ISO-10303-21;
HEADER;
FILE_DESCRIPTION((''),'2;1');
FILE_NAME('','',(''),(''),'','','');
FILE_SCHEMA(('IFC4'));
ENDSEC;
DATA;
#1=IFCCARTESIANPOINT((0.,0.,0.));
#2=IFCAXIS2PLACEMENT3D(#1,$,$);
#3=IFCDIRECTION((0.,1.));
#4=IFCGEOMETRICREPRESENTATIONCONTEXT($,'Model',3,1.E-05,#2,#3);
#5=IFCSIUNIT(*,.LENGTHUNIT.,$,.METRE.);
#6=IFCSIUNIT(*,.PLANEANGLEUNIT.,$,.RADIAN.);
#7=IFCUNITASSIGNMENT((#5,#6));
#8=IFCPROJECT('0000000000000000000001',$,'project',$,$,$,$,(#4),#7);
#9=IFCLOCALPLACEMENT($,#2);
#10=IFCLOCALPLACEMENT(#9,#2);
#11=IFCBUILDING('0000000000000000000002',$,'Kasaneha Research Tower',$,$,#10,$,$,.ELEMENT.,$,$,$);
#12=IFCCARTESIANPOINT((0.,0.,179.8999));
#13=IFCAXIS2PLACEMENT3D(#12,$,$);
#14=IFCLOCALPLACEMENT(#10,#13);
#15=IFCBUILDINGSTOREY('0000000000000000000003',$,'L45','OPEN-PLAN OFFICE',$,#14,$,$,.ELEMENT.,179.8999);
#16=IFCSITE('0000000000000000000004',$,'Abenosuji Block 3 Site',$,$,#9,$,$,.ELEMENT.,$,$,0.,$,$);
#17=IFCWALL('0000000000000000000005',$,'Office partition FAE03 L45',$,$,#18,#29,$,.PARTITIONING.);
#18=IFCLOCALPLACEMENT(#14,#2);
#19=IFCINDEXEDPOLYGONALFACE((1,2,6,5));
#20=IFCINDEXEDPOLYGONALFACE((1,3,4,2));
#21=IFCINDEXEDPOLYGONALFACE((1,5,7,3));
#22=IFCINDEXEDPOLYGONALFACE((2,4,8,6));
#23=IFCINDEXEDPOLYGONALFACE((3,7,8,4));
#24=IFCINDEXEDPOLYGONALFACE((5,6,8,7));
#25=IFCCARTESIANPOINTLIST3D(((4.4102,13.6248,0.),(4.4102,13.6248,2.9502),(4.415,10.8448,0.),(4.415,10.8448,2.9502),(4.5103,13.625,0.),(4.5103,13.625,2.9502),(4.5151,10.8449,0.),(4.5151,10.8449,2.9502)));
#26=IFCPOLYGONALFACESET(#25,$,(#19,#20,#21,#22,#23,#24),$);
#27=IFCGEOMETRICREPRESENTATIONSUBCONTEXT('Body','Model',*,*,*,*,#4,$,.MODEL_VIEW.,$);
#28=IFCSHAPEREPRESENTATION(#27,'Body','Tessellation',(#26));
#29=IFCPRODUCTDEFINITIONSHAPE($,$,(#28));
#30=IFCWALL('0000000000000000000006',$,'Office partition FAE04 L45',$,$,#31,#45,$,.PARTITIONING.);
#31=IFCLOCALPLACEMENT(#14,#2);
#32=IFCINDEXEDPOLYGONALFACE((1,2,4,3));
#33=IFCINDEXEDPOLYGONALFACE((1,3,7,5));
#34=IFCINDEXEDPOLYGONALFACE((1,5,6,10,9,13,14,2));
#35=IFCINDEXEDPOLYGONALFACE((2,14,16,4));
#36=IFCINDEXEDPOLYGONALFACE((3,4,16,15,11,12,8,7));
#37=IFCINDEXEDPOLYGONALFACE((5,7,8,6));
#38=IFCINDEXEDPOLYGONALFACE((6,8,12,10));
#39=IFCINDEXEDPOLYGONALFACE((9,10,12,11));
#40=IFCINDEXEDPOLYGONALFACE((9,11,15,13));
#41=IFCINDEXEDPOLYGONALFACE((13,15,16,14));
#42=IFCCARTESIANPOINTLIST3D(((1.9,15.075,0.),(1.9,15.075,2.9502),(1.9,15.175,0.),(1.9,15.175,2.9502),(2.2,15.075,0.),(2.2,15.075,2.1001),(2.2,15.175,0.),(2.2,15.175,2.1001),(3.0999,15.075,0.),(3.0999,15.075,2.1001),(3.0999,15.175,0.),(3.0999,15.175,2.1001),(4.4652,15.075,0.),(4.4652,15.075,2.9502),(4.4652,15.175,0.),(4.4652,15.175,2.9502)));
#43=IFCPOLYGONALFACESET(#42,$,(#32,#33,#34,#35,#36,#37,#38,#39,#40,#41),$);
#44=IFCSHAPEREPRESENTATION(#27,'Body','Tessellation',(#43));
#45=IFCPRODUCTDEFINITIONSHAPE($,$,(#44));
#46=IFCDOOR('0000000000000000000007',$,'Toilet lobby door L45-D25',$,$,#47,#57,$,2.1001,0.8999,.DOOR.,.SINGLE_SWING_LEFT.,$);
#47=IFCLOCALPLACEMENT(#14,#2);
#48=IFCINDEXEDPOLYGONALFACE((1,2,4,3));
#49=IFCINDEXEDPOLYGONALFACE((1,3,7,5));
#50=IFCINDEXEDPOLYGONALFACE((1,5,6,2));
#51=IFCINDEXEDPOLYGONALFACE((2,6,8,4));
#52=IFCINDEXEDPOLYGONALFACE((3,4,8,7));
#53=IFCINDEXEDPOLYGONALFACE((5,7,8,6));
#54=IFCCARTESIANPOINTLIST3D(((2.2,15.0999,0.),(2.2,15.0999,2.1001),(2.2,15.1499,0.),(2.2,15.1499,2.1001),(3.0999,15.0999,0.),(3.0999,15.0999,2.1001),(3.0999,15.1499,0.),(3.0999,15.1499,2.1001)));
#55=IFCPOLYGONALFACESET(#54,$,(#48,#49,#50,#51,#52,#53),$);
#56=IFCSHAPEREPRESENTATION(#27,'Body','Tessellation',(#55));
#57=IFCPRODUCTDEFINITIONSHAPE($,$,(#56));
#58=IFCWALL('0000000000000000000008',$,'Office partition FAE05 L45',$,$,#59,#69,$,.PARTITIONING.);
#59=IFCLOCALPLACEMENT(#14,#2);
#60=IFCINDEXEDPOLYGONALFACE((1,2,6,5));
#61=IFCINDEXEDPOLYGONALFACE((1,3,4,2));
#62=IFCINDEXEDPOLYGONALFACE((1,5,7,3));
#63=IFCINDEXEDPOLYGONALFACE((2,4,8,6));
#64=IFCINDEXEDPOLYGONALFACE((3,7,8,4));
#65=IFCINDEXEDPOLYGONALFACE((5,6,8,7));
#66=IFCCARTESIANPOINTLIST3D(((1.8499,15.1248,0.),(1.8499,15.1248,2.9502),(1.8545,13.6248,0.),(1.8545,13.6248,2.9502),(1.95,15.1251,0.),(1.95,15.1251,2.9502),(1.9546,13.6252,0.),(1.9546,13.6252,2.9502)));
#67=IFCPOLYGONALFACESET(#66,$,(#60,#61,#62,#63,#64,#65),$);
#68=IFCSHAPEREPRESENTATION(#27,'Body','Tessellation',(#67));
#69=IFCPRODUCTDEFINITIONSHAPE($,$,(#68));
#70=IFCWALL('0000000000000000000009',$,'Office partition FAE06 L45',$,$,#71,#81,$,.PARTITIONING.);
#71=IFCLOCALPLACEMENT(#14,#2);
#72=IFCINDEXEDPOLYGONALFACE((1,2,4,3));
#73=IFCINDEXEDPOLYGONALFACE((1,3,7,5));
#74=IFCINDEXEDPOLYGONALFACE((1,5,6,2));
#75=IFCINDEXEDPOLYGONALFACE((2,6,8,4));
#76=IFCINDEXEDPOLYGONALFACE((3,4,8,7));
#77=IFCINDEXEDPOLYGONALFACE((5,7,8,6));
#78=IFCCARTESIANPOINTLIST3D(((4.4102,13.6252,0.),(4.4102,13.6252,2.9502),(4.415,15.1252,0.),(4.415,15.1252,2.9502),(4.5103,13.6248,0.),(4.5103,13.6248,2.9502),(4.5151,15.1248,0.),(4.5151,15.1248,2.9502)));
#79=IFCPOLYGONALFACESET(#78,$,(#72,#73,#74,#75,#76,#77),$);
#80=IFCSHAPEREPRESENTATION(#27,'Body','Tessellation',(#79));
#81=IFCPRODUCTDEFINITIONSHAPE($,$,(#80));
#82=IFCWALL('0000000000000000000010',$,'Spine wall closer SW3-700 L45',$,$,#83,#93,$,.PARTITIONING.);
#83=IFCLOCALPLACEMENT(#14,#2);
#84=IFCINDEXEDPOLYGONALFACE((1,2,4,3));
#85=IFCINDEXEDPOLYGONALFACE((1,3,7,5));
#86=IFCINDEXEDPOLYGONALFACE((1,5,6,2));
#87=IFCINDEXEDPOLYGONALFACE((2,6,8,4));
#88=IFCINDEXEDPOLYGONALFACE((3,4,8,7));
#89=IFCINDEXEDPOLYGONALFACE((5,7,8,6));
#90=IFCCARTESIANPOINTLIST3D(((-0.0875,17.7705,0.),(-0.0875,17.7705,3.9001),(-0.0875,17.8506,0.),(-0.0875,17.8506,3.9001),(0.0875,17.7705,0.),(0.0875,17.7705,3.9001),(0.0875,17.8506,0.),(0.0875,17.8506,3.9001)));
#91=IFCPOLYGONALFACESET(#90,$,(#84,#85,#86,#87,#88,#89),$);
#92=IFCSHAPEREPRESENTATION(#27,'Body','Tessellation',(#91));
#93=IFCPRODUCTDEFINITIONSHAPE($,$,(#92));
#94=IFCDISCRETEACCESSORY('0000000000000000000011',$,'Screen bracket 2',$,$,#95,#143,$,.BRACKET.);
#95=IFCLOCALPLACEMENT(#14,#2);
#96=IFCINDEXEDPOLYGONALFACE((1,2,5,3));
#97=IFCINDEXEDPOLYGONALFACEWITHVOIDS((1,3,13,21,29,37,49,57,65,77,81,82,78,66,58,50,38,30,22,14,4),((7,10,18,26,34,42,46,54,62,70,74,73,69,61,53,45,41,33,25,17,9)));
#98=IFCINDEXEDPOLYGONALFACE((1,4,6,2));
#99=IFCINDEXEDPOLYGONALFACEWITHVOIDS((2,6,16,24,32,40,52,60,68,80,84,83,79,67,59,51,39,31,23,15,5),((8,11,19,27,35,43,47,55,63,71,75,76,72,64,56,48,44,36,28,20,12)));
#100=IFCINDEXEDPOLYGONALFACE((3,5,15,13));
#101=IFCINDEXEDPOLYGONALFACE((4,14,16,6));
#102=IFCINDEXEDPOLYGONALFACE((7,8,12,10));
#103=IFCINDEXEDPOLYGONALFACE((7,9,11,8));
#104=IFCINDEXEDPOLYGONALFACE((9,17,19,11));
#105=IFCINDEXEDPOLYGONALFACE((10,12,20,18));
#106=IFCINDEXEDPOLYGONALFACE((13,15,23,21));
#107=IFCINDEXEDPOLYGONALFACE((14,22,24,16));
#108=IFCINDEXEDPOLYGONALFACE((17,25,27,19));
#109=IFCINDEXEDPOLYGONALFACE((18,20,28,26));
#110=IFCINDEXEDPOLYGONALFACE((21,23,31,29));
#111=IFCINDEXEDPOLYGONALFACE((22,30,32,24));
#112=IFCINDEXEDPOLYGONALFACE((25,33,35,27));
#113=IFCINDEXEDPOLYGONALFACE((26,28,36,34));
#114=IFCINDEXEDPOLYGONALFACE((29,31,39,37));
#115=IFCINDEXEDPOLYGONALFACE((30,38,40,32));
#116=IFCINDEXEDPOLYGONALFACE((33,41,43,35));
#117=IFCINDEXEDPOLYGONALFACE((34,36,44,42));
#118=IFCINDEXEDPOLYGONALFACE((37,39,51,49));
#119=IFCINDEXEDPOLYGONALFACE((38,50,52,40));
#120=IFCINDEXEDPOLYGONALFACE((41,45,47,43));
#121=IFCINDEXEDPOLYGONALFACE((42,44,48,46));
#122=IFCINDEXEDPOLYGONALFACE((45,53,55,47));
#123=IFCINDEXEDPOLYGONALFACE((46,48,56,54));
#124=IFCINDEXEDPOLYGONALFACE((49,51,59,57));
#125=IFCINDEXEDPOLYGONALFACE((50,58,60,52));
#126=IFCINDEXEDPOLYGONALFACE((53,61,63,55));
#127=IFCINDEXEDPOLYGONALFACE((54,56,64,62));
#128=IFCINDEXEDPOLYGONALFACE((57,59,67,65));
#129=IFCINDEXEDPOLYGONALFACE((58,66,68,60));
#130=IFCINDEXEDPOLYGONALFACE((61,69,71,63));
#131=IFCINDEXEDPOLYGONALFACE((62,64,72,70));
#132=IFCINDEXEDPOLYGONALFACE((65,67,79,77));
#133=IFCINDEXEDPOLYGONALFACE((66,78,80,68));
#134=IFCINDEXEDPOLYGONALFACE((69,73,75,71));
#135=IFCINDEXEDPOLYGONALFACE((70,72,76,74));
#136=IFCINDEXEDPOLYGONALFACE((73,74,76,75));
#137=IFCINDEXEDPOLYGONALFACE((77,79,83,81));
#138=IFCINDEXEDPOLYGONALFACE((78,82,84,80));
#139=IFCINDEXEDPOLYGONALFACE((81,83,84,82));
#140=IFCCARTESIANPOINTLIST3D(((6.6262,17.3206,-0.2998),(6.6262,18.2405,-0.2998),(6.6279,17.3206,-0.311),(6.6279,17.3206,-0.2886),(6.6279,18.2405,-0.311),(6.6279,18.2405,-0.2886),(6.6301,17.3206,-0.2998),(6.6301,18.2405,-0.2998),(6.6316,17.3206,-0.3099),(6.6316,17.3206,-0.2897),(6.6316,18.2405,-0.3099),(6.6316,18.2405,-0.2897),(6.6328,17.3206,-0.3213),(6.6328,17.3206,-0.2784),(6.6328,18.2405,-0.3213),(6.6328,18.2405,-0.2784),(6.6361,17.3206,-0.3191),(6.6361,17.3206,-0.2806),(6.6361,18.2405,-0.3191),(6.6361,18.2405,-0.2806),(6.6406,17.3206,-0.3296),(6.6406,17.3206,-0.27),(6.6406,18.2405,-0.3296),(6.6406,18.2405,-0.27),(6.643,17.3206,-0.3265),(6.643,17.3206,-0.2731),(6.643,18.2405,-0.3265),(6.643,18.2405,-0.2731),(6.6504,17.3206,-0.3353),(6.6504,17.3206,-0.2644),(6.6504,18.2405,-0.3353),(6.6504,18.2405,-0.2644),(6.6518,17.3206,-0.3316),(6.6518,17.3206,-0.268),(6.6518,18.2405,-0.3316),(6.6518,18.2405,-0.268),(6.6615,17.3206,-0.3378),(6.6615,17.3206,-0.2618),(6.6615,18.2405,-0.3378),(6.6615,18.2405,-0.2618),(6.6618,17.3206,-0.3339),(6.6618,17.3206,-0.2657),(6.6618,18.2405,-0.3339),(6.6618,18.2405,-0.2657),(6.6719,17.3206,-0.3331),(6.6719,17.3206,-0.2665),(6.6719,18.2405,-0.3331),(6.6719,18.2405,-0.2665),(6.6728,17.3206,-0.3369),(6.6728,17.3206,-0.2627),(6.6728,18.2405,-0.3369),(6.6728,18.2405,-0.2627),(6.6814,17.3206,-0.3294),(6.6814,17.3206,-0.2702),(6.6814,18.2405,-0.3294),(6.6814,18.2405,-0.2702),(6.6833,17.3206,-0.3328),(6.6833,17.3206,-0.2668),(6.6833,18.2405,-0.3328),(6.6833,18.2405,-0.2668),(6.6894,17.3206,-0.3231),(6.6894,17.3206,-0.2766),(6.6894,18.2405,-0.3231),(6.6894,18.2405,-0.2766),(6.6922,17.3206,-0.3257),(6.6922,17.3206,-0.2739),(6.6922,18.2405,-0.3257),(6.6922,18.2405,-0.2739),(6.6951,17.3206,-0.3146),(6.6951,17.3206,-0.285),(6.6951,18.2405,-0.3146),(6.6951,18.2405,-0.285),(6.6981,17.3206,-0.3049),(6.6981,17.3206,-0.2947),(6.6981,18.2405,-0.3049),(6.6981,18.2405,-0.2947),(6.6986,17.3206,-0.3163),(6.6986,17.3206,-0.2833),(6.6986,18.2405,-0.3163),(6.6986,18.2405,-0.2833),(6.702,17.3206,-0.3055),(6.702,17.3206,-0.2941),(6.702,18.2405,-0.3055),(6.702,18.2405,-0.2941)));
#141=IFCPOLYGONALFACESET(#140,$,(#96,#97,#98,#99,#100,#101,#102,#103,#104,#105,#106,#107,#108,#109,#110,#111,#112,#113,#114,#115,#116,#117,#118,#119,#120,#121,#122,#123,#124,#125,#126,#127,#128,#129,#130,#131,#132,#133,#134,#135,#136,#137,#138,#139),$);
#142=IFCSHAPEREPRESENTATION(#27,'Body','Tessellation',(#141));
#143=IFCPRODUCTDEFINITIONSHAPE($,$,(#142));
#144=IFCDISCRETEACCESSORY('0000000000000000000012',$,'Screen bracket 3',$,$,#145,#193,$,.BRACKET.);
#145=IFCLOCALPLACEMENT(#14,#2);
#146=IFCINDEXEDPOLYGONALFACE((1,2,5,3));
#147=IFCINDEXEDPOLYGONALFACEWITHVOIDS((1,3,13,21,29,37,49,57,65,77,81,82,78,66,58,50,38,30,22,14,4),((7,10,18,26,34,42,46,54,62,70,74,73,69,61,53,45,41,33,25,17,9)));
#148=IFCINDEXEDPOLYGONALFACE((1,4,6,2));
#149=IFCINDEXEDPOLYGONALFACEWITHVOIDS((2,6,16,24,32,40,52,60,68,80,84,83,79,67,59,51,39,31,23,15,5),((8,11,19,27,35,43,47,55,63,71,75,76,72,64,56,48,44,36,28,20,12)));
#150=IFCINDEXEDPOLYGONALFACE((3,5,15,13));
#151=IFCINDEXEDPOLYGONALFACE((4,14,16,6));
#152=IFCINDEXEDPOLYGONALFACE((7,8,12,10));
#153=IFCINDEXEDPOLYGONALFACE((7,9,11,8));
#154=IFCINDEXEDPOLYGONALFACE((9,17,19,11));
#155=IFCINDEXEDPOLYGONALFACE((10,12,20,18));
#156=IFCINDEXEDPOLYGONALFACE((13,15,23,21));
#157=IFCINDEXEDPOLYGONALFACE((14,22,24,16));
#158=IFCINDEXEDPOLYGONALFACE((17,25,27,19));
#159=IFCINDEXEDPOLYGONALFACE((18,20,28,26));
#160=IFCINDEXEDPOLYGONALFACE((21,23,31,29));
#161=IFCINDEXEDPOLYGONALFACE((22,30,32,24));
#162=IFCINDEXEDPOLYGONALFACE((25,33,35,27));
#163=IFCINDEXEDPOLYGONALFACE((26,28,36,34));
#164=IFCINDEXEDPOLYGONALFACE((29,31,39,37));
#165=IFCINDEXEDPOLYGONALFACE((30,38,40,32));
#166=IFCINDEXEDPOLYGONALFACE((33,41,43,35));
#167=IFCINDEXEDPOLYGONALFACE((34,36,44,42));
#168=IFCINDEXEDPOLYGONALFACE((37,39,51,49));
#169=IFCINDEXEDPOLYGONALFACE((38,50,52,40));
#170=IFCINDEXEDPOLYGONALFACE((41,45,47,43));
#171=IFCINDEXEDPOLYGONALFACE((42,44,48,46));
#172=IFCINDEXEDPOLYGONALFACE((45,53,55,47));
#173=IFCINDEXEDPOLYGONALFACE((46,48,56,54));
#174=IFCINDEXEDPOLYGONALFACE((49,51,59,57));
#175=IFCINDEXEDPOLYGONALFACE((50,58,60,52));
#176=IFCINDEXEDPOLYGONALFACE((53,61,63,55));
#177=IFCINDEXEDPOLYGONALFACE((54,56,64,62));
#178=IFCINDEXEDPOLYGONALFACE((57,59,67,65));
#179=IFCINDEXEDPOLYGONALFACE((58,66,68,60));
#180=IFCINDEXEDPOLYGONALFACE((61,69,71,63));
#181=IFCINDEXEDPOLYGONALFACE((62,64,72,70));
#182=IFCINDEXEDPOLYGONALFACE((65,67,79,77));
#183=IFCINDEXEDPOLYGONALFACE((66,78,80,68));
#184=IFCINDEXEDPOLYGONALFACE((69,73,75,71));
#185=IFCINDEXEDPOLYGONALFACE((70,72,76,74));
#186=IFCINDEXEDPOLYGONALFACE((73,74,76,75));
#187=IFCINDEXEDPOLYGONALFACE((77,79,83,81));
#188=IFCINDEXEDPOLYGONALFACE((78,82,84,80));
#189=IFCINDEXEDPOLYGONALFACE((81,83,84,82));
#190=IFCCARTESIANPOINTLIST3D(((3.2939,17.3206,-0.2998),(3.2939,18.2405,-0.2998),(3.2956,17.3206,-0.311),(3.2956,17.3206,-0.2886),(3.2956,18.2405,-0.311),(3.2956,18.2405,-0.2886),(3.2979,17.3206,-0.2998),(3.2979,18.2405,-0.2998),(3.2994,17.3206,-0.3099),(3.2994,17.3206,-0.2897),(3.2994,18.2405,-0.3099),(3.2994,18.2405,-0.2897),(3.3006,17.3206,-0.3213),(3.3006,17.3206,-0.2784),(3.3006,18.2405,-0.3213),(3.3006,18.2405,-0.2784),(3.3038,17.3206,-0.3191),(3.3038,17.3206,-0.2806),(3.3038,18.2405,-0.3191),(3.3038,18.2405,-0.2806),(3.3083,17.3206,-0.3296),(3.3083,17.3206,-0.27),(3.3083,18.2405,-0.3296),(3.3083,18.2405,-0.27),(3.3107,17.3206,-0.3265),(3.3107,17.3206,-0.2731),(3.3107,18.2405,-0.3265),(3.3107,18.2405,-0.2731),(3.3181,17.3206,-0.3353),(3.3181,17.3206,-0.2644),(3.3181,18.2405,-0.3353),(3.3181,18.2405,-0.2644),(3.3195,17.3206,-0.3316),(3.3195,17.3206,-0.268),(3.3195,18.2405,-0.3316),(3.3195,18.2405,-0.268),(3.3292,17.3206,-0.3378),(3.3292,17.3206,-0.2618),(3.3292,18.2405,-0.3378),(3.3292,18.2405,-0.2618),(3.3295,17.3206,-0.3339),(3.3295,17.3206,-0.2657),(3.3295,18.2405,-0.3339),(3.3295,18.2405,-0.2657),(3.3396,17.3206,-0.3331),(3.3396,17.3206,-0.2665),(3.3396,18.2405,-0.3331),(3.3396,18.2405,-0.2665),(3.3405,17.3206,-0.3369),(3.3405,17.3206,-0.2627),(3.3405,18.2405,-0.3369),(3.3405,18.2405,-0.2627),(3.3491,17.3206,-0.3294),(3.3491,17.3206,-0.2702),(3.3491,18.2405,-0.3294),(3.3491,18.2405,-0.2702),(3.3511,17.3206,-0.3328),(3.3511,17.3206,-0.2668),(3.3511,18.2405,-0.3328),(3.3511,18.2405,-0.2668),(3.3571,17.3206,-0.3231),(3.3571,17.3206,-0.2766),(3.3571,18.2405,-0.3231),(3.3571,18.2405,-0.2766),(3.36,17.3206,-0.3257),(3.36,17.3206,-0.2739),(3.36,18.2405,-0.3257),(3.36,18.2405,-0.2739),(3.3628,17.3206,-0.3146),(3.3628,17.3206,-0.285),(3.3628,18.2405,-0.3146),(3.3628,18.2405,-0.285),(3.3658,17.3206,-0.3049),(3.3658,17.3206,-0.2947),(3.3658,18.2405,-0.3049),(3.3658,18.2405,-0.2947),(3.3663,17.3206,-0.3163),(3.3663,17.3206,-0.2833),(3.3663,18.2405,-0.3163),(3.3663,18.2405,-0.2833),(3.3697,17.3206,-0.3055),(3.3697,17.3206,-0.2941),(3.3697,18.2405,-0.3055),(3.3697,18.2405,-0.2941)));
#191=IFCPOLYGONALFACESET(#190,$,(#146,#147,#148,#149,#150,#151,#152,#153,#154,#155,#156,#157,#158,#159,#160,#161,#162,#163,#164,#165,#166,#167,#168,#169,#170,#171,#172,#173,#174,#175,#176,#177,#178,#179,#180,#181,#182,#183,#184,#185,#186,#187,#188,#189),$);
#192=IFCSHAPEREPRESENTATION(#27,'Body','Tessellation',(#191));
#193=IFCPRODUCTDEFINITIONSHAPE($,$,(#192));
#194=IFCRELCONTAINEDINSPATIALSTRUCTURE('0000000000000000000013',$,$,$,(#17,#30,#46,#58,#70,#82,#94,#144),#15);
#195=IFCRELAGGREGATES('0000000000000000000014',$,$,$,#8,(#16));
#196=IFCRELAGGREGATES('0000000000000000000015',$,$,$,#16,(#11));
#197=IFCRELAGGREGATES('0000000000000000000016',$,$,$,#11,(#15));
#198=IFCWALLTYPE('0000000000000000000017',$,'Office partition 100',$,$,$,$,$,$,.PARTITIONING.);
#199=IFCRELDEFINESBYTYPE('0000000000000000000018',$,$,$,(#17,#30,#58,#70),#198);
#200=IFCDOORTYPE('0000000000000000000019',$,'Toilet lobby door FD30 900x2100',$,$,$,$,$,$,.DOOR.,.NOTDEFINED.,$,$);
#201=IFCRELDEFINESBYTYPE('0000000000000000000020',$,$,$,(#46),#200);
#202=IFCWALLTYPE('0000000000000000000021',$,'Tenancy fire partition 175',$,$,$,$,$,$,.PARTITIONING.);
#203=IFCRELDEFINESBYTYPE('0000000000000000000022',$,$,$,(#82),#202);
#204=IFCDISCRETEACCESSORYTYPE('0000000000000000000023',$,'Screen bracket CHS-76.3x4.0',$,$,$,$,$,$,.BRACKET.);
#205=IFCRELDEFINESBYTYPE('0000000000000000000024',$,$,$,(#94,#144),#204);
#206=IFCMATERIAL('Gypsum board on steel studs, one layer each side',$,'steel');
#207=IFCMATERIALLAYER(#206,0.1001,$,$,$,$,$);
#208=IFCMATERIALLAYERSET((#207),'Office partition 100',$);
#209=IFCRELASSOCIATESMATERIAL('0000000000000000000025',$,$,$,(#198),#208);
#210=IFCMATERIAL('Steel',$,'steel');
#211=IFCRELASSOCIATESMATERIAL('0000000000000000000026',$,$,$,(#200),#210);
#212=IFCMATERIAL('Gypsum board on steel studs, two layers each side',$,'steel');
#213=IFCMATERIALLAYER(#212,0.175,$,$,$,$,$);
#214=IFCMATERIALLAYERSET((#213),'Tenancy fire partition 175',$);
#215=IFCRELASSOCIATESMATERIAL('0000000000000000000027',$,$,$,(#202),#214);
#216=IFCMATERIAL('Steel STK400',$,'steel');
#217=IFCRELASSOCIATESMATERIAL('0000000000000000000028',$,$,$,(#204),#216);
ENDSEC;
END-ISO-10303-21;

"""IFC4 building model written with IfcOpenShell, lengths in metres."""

from ifc_helpers import new_model, si_unit, direction, frame, frame_2d, origin, origin_2d, place, context, subcontext, project, spatial, rectangle, hollow_circle, extrude, material, layer, layer_set, material_profile, profile_set, type_object, element, fill, save


model = new_model("IFC4")

# Units and contexts
model_context = context("Model", 3, precision=1e-05, world=origin(), true_north=direction((0.0, 1.0)))
body_context = subcontext(model_context, "Body", "Model", "MODEL_VIEW")
ifc_project = project(units=[si_unit("LENGTHUNIT", "METRE"), si_unit("PLANEANGLEUNIT", "RADIAN")], contexts=[model_context])

# Site, building, storey
site_placement = place(None, origin())
site = spatial("IfcSite", under=ifc_project, at=site_placement, Name="Abenosuji Block 3 Site", CompositionType="ELEMENT", RefElevation=0.0)
building_placement = place(site_placement, origin())
building = spatial("IfcBuilding", under=site, at=building_placement, Name="Kasaneha Research Tower", CompositionType="ELEMENT")
storey_placement = place(building_placement, frame((0.0, 0.0, 179.8999)))
storey = spatial("IfcBuildingStorey", under=building, at=storey_placement, Name="L45", Description="OPEN-PLAN OFFICE", CompositionType="ELEMENT", Elevation=179.8999)

# Shared definitions
ifc_material_1 = material(Name="Gypsum board on steel studs, one layer each side", Category="steel")
ifc_layer_1 = layer(ifc_material_1, 0.1001)
ifc_layer_set_1 = layer_set([ifc_layer_1], Name="Office partition 100")
wall_type_1 = type_object("IfcWallType", Name="Office partition 100", PredefinedType="PARTITIONING", material=ifc_layer_set_1)
ifc_material_2 = material(Name="Steel", Category="steel")
door_type = type_object("IfcDoorType", Name="Toilet lobby door FD30 900x2100", OperationType="NOTDEFINED", PredefinedType="DOOR", material=ifc_material_2)

# Wall
for number, where, z_axis, x_axis, name in (
    (1, (4.4602, 13.625, 0.0), (0.0, 0.0, 1.0), (0.001756, -0.999998, 0.0), "Office partition FAE03 L45"),
):
    element("IfcWall", number, at=place(storey_placement, frame(where, z_axis=z_axis, x_axis=x_axis)), inside=storey, type_object=wall_type_1, Name=name, PredefinedType="PARTITIONING", context=body_context, shape_type="SweptSolid", body=[
        extrude(rectangle(XDim=2.78, YDim=0.1001, at=frame_2d((1.3901, 0.0))), origin(), (0.0, 0.0, 1.0), 2.9502),
    ])

# Wall, opening, door
wall_1_placement = place(storey_placement, frame((1.8999, 15.125, 0.0), z_axis=(0.0, 0.0, 1.0), x_axis=(1.0, 0.0, 0.0)))
wall_1 = element("IfcWall", 2, at=wall_1_placement, inside=storey, type_object=wall_type_1, Name="Office partition FAE04 L45", PredefinedType="PARTITIONING", context=body_context, shape_type="SweptSolid", body=[
    extrude(rectangle(XDim=2.5652, YDim=0.1001, at=frame_2d((1.2827, 0.0))), origin(), (0.0, 0.0, 1.0), 2.9502),
])
opening_1_placement = place(wall_1_placement, frame((0.3, 0.0, 0.0)))
opening_1 = element("IfcOpeningElement", 3, at=opening_1_placement, cuts=wall_1, PredefinedType="OPENING", context=body_context, shape_type="SweptSolid", body=[
    extrude(rectangle(XDim=0.8999, YDim=2.1001, at=frame_2d((0.45, 1.05))), frame((0.0, 0.0601, 0.0), z_axis=(0.0, -1.0, 0.0), x_axis=(1.0, 0.0, 0.0)), (0.0, 0.0, 1.0), 0.1201),
])
door_1_placement = place(opening_1_placement, origin())
door_1 = element("IfcDoor", 4, at=door_1_placement, inside=storey, type_object=door_type, Name="Toilet lobby door L45-D25", OperationType="SINGLE_SWING_LEFT", OverallHeight=2.1001, OverallWidth=0.8999, PredefinedType="DOOR", context=body_context, shape_type="SweptSolid", body=[
    extrude(rectangle(XDim=0.8999, YDim=2.1001, at=frame_2d((0.45, 1.05))), frame((0.0, 0.0249, 0.0), z_axis=(0.0, -1.0, 0.0), x_axis=(1.0, 0.0, 0.0)), (0.0, 0.0, 1.0), 0.05),
])
fill(opening_1, door_1)

# Walls
for number, where, z_axis, x_axis, name in (
    (5, (1.9045, 13.625, 0.0), (0.0, 0.0, 1.0), (-0.003092, 0.999995, 0.0), "Office partition FAE05 L45"),
    (6, (4.4651, 15.125, 0.0), (0.0, 0.0, 1.0), (-0.003255, -0.999995, 0.0), "Office partition FAE06 L45"),
):
    element("IfcWall", number, at=place(storey_placement, frame(where, z_axis=z_axis, x_axis=x_axis)), inside=storey, type_object=wall_type_1, Name=name, PredefinedType="PARTITIONING", context=body_context, shape_type="SweptSolid", body=[
        extrude(rectangle(XDim=1.5, YDim=0.1001, at=frame_2d((0.75, 0.0))), origin(), (0.0, 0.0, 1.0), 2.9502),
    ])
ifc_material_3 = material(Name="Gypsum board on steel studs, two layers each side", Category="steel")
ifc_layer_2 = layer(ifc_material_3, 0.175)
ifc_layer_set_2 = layer_set([ifc_layer_2], Name="Tenancy fire partition 175")
wall_type_2 = type_object("IfcWallType", Name="Tenancy fire partition 175", PredefinedType="PARTITIONING", material=ifc_layer_set_2)
wall_2_placement = place(storey_placement, frame((0.0, 17.7705, 0.0), z_axis=(0.0, 0.0, 1.0), x_axis=(0.0, 1.0, 0.0)))
element("IfcWall", 7, at=wall_2_placement, inside=storey, type_object=wall_type_2, Name="Spine wall closer SW3-700 L45", PredefinedType="PARTITIONING", context=body_context, shape_type="SweptSolid", body=[
    extrude(rectangle(XDim=0.0801, YDim=0.175, at=frame_2d((0.04, 0.0))), origin(), (0.0, 0.0, 1.0), 3.9001),
])

# Discrete accessories
ifc_material_4 = material(Name="Steel STK400", Category="steel")
ifc_material_profile_1 = material_profile(ifc_material_4, hollow_circle(Radius=0.0381, WallThickness=0.0039, at=origin_2d()), Name="CHS-76.3x4.0")
ifc_profile_set_1 = profile_set([ifc_material_profile_1], Name="Steel STK400")
discrete_accessory_type = type_object("IfcDiscreteAccessoryType", Name="Screen bracket CHS-76.3x4.0", PredefinedType="BRACKET", material=ifc_profile_set_1)
for number, where, z_axis, x_axis, name in (
    (8, (6.6643, 17.3206, -0.2998), (0.0, 1.0, 0.0), (-1.0, 0.0, 0.0), "Screen bracket 2"),
    (9, (3.332, 17.3206, -0.2998), (0.0, 1.0, 0.0), (-1.0, 0.0, 0.0), "Screen bracket 3"),
):
    element("IfcDiscreteAccessory", number, at=place(storey_placement, frame(where, z_axis=z_axis, x_axis=x_axis)), inside=storey, type_object=discrete_accessory_type, Name=name, PredefinedType="BRACKET", context=body_context, shape_type="SweptSolid", body=[
        extrude(hollow_circle(Radius=0.0381, WallThickness=0.0039, at=origin_2d()), origin(), (0.0, 0.0, 1.0), 0.9199),
    ])

save(model, "model.ifc")
